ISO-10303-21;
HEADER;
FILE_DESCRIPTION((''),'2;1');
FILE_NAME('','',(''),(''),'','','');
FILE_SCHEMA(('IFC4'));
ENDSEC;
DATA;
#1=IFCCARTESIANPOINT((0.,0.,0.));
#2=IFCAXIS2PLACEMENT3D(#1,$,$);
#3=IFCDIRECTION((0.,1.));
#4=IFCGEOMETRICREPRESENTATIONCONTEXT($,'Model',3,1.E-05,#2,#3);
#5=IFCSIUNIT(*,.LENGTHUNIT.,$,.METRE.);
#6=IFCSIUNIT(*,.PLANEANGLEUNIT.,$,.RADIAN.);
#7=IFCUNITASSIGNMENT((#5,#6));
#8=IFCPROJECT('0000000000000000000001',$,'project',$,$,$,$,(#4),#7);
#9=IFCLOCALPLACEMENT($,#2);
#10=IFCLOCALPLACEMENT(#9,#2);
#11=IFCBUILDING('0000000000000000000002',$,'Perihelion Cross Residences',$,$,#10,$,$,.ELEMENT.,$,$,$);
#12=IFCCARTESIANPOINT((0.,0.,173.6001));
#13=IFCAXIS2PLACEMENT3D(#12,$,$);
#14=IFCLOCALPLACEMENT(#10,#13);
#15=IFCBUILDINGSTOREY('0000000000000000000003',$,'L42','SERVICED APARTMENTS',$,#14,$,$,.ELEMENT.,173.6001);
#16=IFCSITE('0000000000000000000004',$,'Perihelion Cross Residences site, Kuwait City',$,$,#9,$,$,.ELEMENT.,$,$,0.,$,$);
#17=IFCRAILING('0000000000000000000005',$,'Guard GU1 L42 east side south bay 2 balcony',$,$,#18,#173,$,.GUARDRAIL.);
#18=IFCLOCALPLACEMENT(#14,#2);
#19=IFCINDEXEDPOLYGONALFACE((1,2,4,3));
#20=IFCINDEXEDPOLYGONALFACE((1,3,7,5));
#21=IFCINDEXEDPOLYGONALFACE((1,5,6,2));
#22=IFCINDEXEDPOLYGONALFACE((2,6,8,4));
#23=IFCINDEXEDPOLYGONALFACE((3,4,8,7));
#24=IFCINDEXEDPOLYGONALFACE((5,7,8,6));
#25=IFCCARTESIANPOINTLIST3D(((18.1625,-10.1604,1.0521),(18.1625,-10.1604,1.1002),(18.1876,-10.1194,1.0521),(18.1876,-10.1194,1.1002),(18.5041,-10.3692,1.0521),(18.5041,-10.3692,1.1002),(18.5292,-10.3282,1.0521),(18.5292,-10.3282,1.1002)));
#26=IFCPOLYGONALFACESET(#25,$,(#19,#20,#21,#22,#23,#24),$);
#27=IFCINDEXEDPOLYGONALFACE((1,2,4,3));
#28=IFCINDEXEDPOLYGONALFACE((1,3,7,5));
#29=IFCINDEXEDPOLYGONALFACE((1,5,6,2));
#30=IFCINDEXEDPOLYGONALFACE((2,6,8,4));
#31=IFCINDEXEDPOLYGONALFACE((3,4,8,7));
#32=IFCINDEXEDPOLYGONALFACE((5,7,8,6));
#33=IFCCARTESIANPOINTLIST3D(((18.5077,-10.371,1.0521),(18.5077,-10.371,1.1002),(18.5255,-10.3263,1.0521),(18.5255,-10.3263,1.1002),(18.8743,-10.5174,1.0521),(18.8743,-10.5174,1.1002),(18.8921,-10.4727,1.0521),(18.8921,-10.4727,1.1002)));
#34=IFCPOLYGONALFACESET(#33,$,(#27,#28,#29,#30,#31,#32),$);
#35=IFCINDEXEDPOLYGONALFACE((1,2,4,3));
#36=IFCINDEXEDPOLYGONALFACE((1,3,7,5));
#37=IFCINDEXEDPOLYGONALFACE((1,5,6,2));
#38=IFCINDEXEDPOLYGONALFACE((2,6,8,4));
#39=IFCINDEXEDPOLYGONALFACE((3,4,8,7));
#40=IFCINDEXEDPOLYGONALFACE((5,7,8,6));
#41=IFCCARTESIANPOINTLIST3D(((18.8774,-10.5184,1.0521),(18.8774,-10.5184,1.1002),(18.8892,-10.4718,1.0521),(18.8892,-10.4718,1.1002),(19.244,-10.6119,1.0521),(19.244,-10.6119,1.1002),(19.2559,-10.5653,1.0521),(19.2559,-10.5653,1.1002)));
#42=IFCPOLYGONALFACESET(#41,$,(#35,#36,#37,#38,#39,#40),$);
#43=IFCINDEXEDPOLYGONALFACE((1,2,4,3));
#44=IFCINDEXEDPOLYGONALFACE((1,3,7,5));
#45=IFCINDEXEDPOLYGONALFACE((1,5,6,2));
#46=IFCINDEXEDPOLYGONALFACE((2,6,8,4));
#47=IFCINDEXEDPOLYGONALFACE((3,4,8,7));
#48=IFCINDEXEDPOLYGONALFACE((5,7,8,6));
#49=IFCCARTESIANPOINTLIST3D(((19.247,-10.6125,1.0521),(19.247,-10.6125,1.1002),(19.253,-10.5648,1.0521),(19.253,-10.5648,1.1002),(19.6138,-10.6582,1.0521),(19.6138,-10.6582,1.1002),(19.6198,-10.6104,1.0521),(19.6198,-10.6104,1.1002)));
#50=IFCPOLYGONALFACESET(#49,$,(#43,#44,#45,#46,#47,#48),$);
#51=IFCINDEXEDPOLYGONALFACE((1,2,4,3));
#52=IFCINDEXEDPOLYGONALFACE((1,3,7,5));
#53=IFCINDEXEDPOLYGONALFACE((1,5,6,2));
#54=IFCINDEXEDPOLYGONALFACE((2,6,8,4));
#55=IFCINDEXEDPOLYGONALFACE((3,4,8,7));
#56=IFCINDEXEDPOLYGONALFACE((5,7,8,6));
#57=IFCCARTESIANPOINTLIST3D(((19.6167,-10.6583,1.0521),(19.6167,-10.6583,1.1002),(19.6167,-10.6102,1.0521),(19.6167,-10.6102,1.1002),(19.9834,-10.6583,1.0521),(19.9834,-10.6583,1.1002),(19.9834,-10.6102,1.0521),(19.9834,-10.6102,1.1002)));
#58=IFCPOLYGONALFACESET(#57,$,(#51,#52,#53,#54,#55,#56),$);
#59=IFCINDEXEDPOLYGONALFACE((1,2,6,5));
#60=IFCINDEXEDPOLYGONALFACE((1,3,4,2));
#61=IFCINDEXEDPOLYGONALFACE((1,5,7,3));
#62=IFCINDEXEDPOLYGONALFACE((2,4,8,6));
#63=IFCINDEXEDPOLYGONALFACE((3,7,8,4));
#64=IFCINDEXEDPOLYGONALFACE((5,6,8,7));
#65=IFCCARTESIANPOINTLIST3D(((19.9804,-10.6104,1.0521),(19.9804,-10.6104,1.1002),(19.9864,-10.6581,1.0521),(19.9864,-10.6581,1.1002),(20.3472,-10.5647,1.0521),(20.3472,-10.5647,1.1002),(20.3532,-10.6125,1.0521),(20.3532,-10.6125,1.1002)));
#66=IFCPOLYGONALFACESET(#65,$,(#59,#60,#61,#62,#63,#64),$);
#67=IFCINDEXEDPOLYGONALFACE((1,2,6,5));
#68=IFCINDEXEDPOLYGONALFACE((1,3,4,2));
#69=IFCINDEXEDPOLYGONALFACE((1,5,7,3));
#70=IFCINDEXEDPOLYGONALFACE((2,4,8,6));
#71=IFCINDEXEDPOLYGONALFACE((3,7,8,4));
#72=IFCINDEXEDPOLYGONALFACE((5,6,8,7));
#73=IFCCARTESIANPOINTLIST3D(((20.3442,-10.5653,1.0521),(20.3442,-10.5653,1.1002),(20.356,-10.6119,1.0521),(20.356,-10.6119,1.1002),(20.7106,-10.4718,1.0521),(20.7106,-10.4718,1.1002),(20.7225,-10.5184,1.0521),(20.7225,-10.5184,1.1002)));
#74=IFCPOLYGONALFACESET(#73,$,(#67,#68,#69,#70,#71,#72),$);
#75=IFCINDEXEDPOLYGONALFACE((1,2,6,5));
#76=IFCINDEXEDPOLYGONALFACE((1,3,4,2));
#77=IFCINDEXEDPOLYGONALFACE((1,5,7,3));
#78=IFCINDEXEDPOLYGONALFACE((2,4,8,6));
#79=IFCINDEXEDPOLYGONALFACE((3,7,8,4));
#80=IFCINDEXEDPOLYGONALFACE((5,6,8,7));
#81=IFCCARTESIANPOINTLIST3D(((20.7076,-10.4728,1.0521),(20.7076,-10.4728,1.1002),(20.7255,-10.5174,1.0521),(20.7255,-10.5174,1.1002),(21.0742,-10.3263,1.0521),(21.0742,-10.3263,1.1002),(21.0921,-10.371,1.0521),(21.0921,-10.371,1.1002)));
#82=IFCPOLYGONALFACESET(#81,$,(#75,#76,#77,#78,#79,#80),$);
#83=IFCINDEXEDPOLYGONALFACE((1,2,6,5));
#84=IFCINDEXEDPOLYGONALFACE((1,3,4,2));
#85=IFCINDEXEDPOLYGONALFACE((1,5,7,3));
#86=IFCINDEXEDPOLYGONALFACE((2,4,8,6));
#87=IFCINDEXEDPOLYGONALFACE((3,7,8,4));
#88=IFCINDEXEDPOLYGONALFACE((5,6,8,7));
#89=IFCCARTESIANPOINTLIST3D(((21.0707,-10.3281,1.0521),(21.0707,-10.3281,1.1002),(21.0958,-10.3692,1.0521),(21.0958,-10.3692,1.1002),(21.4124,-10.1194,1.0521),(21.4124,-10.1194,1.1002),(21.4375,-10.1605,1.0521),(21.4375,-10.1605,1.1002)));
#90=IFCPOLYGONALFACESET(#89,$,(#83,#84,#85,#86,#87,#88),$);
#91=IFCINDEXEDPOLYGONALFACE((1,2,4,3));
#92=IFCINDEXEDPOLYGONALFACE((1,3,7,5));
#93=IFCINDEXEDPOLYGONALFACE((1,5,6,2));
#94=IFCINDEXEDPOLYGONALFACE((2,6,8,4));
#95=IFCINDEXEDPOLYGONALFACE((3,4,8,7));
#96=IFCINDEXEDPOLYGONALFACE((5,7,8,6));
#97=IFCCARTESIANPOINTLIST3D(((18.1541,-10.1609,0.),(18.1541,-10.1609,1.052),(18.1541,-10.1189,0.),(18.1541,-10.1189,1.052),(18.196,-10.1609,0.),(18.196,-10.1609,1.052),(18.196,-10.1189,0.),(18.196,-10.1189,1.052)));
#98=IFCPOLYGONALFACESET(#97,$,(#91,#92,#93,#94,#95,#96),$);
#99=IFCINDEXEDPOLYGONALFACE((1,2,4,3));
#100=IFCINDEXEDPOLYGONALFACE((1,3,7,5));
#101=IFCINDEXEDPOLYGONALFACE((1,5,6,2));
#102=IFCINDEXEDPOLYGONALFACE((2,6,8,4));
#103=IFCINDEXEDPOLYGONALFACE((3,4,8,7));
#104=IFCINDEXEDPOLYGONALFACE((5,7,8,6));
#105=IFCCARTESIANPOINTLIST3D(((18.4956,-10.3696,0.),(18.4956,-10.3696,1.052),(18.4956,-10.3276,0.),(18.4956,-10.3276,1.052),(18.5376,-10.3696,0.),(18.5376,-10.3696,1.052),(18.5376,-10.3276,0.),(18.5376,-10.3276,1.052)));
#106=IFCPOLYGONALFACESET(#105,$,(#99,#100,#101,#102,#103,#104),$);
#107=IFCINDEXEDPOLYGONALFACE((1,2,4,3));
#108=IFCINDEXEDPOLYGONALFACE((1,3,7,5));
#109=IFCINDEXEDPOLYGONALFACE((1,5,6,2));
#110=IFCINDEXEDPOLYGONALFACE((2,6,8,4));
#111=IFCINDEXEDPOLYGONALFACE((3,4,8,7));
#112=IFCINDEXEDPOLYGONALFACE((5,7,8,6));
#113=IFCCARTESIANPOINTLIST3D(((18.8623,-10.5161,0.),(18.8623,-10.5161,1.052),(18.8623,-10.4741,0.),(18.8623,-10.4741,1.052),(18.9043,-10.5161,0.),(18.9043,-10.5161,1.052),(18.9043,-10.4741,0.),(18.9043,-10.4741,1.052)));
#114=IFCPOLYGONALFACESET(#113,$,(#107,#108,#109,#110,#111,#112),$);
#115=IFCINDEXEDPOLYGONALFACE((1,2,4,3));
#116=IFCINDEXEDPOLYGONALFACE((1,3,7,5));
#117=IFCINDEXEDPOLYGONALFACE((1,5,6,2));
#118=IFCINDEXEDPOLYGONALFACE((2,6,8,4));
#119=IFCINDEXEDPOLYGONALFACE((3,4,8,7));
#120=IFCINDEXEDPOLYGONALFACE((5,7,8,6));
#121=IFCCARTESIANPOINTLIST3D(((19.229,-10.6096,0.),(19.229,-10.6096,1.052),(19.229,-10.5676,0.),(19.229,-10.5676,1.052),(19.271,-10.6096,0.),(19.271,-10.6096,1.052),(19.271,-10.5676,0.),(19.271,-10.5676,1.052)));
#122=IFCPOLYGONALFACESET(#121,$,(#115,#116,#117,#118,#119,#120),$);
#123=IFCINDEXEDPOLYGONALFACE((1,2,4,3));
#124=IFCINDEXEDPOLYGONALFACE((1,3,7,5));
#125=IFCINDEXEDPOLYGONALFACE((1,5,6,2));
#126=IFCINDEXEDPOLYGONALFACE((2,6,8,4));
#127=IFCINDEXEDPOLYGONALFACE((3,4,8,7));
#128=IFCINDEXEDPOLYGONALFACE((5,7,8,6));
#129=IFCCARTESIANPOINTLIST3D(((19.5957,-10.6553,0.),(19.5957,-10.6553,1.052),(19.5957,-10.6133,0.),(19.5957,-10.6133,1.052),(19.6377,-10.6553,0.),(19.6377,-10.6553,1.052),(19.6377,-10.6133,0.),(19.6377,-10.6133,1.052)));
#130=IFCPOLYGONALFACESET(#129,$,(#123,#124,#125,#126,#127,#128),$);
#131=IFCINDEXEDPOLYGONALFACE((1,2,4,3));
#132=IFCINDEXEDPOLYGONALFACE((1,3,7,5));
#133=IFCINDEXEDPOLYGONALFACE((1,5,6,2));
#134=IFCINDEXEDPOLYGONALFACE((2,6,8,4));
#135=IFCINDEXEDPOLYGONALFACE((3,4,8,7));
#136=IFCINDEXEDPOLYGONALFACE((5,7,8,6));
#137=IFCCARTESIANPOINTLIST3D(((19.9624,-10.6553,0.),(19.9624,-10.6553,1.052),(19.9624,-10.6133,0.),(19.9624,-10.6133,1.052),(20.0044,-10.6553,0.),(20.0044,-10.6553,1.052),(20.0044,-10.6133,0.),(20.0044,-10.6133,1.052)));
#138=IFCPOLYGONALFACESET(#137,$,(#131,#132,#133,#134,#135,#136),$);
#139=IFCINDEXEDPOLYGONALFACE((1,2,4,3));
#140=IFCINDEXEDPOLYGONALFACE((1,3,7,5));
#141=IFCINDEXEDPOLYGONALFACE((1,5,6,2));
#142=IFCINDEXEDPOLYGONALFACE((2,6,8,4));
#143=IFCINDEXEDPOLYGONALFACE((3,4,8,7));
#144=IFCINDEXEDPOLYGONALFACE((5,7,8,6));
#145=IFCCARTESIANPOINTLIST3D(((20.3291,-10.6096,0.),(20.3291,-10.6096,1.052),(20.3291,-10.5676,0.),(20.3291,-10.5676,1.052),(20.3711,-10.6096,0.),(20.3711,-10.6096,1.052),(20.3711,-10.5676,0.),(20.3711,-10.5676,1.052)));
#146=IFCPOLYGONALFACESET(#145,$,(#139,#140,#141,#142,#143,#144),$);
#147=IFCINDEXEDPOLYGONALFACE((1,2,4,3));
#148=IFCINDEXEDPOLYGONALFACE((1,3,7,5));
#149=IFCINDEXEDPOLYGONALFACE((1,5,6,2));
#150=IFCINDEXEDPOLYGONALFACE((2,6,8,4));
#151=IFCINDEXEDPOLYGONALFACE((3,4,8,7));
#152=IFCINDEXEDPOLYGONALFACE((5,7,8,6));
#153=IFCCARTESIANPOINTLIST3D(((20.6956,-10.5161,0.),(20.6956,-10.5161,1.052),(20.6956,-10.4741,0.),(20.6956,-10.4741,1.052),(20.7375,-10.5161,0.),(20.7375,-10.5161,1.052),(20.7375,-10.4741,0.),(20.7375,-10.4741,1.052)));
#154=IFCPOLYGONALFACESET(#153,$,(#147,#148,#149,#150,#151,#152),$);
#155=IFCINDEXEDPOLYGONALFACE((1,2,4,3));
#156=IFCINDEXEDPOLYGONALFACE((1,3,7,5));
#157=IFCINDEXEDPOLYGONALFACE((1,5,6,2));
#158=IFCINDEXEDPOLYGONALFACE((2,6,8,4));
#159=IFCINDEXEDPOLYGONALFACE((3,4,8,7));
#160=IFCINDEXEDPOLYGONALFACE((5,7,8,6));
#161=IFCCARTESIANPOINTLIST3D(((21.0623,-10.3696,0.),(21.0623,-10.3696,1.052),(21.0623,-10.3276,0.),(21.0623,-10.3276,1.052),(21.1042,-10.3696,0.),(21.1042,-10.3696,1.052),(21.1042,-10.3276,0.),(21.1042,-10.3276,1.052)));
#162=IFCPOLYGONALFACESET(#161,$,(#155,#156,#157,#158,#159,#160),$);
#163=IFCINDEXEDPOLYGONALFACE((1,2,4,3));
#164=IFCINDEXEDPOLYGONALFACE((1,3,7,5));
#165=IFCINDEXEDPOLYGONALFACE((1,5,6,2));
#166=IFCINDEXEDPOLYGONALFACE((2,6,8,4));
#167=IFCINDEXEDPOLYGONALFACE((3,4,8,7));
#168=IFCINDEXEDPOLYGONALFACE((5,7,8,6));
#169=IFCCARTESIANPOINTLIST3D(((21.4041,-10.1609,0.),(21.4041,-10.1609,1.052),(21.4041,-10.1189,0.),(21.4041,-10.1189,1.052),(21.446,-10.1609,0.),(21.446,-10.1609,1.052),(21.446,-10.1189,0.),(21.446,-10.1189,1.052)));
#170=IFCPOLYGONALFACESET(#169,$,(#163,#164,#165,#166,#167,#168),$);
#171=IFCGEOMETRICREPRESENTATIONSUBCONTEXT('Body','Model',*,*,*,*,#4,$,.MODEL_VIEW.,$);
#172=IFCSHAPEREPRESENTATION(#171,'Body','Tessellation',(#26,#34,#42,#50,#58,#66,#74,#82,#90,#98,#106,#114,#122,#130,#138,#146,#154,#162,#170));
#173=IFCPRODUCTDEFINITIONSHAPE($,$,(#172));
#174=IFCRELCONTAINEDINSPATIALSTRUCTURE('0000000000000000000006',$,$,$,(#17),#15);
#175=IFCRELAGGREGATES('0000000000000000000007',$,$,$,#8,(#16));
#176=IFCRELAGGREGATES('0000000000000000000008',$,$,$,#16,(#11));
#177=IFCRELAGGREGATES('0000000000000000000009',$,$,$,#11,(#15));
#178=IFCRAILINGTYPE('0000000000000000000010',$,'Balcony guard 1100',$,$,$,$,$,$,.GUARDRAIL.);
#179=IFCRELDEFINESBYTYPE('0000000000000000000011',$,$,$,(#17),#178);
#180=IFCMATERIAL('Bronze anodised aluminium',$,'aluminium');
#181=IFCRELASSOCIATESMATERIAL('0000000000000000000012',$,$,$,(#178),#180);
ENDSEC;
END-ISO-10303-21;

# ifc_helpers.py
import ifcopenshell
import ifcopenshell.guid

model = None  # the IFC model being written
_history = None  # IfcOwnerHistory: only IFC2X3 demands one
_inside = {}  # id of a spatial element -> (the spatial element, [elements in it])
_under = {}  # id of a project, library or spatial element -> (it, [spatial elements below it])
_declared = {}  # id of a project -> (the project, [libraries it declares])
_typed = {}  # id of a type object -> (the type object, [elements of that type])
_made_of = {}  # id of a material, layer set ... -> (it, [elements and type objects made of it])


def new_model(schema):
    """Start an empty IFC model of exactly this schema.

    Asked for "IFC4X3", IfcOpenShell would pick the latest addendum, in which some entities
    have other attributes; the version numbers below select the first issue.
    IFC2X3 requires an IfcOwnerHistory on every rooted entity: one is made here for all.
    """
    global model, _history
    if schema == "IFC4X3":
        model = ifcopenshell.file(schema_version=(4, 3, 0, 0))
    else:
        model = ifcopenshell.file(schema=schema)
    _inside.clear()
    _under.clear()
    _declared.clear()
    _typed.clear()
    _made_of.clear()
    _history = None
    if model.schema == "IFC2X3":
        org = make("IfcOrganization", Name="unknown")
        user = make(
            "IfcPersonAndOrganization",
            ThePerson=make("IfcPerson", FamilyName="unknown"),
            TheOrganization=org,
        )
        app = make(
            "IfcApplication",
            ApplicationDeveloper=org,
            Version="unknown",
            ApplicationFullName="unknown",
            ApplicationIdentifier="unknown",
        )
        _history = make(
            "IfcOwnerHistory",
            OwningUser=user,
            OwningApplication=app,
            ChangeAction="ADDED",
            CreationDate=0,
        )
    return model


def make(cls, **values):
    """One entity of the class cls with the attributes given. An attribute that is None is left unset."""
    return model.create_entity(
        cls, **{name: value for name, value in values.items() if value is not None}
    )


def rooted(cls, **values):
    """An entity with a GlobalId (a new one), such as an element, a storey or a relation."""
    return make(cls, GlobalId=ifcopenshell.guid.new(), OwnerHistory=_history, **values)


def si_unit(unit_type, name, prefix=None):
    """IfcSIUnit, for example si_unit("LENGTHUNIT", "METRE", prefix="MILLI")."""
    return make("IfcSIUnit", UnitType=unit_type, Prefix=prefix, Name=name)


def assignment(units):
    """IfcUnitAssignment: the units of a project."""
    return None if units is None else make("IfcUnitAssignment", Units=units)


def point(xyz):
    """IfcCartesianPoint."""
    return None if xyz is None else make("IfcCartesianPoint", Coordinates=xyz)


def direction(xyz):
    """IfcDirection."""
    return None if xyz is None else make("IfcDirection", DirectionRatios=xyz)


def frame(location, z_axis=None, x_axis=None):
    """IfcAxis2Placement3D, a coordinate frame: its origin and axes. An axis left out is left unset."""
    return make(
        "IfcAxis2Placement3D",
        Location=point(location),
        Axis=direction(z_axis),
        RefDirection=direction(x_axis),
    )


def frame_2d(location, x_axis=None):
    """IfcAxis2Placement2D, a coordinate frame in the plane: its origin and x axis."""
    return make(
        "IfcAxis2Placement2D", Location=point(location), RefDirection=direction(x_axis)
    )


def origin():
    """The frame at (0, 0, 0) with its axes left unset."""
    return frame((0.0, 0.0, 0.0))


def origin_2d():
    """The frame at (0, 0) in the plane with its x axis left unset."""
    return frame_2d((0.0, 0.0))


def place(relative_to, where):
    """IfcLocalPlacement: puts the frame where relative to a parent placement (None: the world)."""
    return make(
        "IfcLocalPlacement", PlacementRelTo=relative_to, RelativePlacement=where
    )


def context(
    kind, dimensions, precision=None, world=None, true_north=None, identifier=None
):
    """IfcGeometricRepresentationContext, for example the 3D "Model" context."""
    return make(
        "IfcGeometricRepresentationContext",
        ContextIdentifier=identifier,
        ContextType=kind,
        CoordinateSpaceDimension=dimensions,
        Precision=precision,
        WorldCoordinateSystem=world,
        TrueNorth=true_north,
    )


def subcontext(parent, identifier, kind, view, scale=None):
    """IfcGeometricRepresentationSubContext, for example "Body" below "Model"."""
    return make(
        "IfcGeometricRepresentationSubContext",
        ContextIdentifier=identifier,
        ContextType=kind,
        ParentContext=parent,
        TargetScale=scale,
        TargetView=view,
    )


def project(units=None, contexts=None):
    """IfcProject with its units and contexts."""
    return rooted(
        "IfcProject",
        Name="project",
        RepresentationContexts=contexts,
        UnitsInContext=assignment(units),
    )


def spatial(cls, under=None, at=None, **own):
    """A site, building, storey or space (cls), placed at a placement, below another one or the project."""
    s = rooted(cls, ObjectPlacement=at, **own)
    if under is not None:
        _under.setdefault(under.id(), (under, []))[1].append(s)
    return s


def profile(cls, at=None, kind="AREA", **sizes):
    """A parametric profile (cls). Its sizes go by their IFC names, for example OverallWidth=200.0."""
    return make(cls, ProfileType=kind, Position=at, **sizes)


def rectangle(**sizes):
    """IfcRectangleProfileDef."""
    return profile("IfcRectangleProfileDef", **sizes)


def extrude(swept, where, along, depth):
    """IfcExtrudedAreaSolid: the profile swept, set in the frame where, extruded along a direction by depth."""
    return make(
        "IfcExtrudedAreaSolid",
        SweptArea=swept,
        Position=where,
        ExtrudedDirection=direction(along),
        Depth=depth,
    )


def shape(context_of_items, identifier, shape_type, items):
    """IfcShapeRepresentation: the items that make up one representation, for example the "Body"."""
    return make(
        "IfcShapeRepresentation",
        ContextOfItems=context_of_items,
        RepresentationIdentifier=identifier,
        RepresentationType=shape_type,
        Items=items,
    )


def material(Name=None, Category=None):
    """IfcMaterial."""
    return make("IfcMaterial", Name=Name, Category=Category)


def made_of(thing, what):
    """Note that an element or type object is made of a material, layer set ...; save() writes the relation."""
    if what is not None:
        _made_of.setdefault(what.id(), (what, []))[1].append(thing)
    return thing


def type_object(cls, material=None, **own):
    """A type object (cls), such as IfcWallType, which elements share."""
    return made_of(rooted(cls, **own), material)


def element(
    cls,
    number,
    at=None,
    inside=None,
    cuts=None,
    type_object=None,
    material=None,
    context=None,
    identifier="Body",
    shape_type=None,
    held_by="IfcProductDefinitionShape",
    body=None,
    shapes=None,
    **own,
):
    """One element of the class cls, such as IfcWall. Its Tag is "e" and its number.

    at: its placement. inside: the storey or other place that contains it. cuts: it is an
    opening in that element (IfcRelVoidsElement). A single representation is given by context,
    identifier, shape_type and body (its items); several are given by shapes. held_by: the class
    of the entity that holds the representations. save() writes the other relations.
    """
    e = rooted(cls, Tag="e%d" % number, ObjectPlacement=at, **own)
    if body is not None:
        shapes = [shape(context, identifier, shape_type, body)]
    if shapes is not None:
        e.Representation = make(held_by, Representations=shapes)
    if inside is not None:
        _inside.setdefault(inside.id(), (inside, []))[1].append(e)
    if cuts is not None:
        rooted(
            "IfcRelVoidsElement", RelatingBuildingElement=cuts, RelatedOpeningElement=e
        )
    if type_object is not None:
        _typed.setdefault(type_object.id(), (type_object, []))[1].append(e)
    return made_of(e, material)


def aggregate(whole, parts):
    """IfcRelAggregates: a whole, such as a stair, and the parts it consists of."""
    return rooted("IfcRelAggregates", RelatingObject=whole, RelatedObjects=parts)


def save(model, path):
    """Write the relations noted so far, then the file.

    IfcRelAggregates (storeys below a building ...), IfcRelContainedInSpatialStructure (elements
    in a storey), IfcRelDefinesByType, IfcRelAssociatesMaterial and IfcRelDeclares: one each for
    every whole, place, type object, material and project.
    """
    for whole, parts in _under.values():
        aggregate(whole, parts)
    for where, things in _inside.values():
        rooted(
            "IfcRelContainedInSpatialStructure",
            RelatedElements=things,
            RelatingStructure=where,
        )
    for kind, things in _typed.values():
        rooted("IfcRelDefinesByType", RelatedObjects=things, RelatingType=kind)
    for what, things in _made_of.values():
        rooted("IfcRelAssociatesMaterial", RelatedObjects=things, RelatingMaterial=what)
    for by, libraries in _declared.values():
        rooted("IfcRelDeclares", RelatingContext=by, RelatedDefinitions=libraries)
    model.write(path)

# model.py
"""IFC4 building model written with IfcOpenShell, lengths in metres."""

from ifc_helpers import new_model, si_unit, direction, frame, origin, origin_2d, place, context, subcontext, project, spatial, rectangle, extrude, material, type_object, element, save


model = new_model("IFC4")

# Units and contexts
model_context = context("Model", 3, precision=1e-05, world=origin(), true_north=direction((0.0, 1.0)))
body_context = subcontext(model_context, "Body", "Model", "MODEL_VIEW")
ifc_project = project(units=[si_unit("LENGTHUNIT", "METRE"), si_unit("PLANEANGLEUNIT", "RADIAN")], contexts=[model_context])

# Site, building, storey
site_placement = place(None, origin())
site = spatial("IfcSite", under=ifc_project, at=site_placement, Name="Perihelion Cross Residences site, Kuwait City", CompositionType="ELEMENT", RefElevation=0.0)
building_placement = place(site_placement, origin())
building = spatial("IfcBuilding", under=site, at=building_placement, Name="Perihelion Cross Residences", CompositionType="ELEMENT")
storey_placement = place(building_placement, frame((0.0, 0.0, 173.6001)))
storey = spatial("IfcBuildingStorey", under=building, at=storey_placement, Name="L42", Description="SERVICED APARTMENTS", CompositionType="ELEMENT", Elevation=173.6001)

# Railing
ifc_material_1 = material(Name="Bronze anodised aluminium", Category="aluminium")
railing_type = type_object("IfcRailingType", Name="Balcony guard 1100", PredefinedType="GUARDRAIL", material=ifc_material_1)
railing_1_placement = place(storey_placement, frame((18.175, -10.1399, 0.0)))
element("IfcRailing", 1, at=railing_1_placement, inside=storey, type_object=railing_type, Name="Guard GU1 L42 east side south bay 2 balcony", PredefinedType="GUARDRAIL", context=body_context, shape_type="SweptSolid", body=[
    extrude(rectangle(XDim=0.0481, YDim=0.0481, at=origin_2d()), frame((0.0, 0.0, 1.0762), z_axis=(0.853267, -0.521475, 0.0), x_axis=(0.521475, 0.853267, 0.0)), (0.0, 0.0, 1.0), 0.4004),
    extrude(rectangle(XDim=0.0481, YDim=0.0481, at=origin_2d()), frame((0.3416, -0.2087, 1.0762), z_axis=(0.928647, -0.370964, 0.0), x_axis=(0.370964, 0.928647, 0.0)), (0.0, 0.0, 1.0), 0.3948),
    extrude(rectangle(XDim=0.0481, YDim=0.0481, at=origin_2d()), frame((0.7083, -0.3552, 1.0762), z_axis=(0.968993, -0.247087, 0.0), x_axis=(0.247087, 0.968993, 0.0)), (0.0, 0.0, 1.0), 0.3784),
    extrude(rectangle(XDim=0.0481, YDim=0.0481, at=origin_2d()), frame((1.075, -0.4487, 1.0762), z_axis=(0.992339, -0.123547, 0.0), x_axis=(0.123547, 0.992339, 0.0)), (0.0, 0.0, 1.0), 0.3696),
    extrude(rectangle(XDim=0.0481, YDim=0.0481, at=origin_2d()), frame((1.4417, -0.4944, 1.0762), z_axis=(1.0, 0.0, 0.0), x_axis=(0.0, 1.0, 0.0)), (0.0, 0.0, 1.0), 0.3667),
    extrude(rectangle(XDim=0.0481, YDim=0.0481, at=origin_2d()), frame((1.8083, -0.4944, 1.0762), z_axis=(0.992339, 0.123547, 0.0), x_axis=(-0.123547, 0.992339, 0.0)), (0.0, 0.0, 1.0), 0.3696),
    extrude(rectangle(XDim=0.0481, YDim=0.0481, at=origin_2d()), frame((2.175, -0.4487, 1.0762), z_axis=(0.968954, 0.247241, 0.0), x_axis=(-0.247241, 0.968954, 0.0)), (0.0, 0.0, 1.0), 0.3782),
    extrude(rectangle(XDim=0.0481, YDim=0.0481, at=origin_2d()), frame((2.5415, -0.3552, 1.0762), z_axis=(0.928647, 0.370964, 0.0), x_axis=(-0.370964, 0.928647, 0.0)), (0.0, 0.0, 1.0), 0.3948),
    extrude(rectangle(XDim=0.0481, YDim=0.0481, at=origin_2d()), frame((2.9082, -0.2087, 1.0762), z_axis=(0.853432, 0.521203, 0.0), x_axis=(-0.521203, 0.853432, 0.0)), (0.0, 0.0, 1.0), 0.4004),
    extrude(rectangle(XDim=0.042, YDim=0.042, at=origin_2d()), origin(), (0.0, 0.0, 1.0), 1.052),
    extrude(rectangle(XDim=0.042, YDim=0.042, at=origin_2d()), frame((0.3416, -0.2087, 0.0)), (0.0, 0.0, 1.0), 1.052),
    extrude(rectangle(XDim=0.042, YDim=0.042, at=origin_2d()), frame((0.7083, -0.3552, 0.0)), (0.0, 0.0, 1.0), 1.052),
    extrude(rectangle(XDim=0.042, YDim=0.042, at=origin_2d()), frame((1.075, -0.4487, 0.0)), (0.0, 0.0, 1.0), 1.052),
    extrude(rectangle(XDim=0.042, YDim=0.042, at=origin_2d()), frame((1.4417, -0.4944, 0.0)), (0.0, 0.0, 1.0), 1.052),
    extrude(rectangle(XDim=0.042, YDim=0.042, at=origin_2d()), frame((1.8083, -0.4944, 0.0)), (0.0, 0.0, 1.0), 1.052),
    extrude(rectangle(XDim=0.042, YDim=0.042, at=origin_2d()), frame((2.175, -0.4487, 0.0)), (0.0, 0.0, 1.0), 1.052),
    extrude(rectangle(XDim=0.042, YDim=0.042, at=origin_2d()), frame((2.5415, -0.3552, 0.0)), (0.0, 0.0, 1.0), 1.052),
    extrude(rectangle(XDim=0.042, YDim=0.042, at=origin_2d()), frame((2.9082, -0.2087, 0.0)), (0.0, 0.0, 1.0), 1.052),
    extrude(rectangle(XDim=0.042, YDim=0.042, at=origin_2d()), frame((3.25, 0.0, 0.0)), (0.0, 0.0, 1.0), 1.052),
])

save(model, "model.ifc")
